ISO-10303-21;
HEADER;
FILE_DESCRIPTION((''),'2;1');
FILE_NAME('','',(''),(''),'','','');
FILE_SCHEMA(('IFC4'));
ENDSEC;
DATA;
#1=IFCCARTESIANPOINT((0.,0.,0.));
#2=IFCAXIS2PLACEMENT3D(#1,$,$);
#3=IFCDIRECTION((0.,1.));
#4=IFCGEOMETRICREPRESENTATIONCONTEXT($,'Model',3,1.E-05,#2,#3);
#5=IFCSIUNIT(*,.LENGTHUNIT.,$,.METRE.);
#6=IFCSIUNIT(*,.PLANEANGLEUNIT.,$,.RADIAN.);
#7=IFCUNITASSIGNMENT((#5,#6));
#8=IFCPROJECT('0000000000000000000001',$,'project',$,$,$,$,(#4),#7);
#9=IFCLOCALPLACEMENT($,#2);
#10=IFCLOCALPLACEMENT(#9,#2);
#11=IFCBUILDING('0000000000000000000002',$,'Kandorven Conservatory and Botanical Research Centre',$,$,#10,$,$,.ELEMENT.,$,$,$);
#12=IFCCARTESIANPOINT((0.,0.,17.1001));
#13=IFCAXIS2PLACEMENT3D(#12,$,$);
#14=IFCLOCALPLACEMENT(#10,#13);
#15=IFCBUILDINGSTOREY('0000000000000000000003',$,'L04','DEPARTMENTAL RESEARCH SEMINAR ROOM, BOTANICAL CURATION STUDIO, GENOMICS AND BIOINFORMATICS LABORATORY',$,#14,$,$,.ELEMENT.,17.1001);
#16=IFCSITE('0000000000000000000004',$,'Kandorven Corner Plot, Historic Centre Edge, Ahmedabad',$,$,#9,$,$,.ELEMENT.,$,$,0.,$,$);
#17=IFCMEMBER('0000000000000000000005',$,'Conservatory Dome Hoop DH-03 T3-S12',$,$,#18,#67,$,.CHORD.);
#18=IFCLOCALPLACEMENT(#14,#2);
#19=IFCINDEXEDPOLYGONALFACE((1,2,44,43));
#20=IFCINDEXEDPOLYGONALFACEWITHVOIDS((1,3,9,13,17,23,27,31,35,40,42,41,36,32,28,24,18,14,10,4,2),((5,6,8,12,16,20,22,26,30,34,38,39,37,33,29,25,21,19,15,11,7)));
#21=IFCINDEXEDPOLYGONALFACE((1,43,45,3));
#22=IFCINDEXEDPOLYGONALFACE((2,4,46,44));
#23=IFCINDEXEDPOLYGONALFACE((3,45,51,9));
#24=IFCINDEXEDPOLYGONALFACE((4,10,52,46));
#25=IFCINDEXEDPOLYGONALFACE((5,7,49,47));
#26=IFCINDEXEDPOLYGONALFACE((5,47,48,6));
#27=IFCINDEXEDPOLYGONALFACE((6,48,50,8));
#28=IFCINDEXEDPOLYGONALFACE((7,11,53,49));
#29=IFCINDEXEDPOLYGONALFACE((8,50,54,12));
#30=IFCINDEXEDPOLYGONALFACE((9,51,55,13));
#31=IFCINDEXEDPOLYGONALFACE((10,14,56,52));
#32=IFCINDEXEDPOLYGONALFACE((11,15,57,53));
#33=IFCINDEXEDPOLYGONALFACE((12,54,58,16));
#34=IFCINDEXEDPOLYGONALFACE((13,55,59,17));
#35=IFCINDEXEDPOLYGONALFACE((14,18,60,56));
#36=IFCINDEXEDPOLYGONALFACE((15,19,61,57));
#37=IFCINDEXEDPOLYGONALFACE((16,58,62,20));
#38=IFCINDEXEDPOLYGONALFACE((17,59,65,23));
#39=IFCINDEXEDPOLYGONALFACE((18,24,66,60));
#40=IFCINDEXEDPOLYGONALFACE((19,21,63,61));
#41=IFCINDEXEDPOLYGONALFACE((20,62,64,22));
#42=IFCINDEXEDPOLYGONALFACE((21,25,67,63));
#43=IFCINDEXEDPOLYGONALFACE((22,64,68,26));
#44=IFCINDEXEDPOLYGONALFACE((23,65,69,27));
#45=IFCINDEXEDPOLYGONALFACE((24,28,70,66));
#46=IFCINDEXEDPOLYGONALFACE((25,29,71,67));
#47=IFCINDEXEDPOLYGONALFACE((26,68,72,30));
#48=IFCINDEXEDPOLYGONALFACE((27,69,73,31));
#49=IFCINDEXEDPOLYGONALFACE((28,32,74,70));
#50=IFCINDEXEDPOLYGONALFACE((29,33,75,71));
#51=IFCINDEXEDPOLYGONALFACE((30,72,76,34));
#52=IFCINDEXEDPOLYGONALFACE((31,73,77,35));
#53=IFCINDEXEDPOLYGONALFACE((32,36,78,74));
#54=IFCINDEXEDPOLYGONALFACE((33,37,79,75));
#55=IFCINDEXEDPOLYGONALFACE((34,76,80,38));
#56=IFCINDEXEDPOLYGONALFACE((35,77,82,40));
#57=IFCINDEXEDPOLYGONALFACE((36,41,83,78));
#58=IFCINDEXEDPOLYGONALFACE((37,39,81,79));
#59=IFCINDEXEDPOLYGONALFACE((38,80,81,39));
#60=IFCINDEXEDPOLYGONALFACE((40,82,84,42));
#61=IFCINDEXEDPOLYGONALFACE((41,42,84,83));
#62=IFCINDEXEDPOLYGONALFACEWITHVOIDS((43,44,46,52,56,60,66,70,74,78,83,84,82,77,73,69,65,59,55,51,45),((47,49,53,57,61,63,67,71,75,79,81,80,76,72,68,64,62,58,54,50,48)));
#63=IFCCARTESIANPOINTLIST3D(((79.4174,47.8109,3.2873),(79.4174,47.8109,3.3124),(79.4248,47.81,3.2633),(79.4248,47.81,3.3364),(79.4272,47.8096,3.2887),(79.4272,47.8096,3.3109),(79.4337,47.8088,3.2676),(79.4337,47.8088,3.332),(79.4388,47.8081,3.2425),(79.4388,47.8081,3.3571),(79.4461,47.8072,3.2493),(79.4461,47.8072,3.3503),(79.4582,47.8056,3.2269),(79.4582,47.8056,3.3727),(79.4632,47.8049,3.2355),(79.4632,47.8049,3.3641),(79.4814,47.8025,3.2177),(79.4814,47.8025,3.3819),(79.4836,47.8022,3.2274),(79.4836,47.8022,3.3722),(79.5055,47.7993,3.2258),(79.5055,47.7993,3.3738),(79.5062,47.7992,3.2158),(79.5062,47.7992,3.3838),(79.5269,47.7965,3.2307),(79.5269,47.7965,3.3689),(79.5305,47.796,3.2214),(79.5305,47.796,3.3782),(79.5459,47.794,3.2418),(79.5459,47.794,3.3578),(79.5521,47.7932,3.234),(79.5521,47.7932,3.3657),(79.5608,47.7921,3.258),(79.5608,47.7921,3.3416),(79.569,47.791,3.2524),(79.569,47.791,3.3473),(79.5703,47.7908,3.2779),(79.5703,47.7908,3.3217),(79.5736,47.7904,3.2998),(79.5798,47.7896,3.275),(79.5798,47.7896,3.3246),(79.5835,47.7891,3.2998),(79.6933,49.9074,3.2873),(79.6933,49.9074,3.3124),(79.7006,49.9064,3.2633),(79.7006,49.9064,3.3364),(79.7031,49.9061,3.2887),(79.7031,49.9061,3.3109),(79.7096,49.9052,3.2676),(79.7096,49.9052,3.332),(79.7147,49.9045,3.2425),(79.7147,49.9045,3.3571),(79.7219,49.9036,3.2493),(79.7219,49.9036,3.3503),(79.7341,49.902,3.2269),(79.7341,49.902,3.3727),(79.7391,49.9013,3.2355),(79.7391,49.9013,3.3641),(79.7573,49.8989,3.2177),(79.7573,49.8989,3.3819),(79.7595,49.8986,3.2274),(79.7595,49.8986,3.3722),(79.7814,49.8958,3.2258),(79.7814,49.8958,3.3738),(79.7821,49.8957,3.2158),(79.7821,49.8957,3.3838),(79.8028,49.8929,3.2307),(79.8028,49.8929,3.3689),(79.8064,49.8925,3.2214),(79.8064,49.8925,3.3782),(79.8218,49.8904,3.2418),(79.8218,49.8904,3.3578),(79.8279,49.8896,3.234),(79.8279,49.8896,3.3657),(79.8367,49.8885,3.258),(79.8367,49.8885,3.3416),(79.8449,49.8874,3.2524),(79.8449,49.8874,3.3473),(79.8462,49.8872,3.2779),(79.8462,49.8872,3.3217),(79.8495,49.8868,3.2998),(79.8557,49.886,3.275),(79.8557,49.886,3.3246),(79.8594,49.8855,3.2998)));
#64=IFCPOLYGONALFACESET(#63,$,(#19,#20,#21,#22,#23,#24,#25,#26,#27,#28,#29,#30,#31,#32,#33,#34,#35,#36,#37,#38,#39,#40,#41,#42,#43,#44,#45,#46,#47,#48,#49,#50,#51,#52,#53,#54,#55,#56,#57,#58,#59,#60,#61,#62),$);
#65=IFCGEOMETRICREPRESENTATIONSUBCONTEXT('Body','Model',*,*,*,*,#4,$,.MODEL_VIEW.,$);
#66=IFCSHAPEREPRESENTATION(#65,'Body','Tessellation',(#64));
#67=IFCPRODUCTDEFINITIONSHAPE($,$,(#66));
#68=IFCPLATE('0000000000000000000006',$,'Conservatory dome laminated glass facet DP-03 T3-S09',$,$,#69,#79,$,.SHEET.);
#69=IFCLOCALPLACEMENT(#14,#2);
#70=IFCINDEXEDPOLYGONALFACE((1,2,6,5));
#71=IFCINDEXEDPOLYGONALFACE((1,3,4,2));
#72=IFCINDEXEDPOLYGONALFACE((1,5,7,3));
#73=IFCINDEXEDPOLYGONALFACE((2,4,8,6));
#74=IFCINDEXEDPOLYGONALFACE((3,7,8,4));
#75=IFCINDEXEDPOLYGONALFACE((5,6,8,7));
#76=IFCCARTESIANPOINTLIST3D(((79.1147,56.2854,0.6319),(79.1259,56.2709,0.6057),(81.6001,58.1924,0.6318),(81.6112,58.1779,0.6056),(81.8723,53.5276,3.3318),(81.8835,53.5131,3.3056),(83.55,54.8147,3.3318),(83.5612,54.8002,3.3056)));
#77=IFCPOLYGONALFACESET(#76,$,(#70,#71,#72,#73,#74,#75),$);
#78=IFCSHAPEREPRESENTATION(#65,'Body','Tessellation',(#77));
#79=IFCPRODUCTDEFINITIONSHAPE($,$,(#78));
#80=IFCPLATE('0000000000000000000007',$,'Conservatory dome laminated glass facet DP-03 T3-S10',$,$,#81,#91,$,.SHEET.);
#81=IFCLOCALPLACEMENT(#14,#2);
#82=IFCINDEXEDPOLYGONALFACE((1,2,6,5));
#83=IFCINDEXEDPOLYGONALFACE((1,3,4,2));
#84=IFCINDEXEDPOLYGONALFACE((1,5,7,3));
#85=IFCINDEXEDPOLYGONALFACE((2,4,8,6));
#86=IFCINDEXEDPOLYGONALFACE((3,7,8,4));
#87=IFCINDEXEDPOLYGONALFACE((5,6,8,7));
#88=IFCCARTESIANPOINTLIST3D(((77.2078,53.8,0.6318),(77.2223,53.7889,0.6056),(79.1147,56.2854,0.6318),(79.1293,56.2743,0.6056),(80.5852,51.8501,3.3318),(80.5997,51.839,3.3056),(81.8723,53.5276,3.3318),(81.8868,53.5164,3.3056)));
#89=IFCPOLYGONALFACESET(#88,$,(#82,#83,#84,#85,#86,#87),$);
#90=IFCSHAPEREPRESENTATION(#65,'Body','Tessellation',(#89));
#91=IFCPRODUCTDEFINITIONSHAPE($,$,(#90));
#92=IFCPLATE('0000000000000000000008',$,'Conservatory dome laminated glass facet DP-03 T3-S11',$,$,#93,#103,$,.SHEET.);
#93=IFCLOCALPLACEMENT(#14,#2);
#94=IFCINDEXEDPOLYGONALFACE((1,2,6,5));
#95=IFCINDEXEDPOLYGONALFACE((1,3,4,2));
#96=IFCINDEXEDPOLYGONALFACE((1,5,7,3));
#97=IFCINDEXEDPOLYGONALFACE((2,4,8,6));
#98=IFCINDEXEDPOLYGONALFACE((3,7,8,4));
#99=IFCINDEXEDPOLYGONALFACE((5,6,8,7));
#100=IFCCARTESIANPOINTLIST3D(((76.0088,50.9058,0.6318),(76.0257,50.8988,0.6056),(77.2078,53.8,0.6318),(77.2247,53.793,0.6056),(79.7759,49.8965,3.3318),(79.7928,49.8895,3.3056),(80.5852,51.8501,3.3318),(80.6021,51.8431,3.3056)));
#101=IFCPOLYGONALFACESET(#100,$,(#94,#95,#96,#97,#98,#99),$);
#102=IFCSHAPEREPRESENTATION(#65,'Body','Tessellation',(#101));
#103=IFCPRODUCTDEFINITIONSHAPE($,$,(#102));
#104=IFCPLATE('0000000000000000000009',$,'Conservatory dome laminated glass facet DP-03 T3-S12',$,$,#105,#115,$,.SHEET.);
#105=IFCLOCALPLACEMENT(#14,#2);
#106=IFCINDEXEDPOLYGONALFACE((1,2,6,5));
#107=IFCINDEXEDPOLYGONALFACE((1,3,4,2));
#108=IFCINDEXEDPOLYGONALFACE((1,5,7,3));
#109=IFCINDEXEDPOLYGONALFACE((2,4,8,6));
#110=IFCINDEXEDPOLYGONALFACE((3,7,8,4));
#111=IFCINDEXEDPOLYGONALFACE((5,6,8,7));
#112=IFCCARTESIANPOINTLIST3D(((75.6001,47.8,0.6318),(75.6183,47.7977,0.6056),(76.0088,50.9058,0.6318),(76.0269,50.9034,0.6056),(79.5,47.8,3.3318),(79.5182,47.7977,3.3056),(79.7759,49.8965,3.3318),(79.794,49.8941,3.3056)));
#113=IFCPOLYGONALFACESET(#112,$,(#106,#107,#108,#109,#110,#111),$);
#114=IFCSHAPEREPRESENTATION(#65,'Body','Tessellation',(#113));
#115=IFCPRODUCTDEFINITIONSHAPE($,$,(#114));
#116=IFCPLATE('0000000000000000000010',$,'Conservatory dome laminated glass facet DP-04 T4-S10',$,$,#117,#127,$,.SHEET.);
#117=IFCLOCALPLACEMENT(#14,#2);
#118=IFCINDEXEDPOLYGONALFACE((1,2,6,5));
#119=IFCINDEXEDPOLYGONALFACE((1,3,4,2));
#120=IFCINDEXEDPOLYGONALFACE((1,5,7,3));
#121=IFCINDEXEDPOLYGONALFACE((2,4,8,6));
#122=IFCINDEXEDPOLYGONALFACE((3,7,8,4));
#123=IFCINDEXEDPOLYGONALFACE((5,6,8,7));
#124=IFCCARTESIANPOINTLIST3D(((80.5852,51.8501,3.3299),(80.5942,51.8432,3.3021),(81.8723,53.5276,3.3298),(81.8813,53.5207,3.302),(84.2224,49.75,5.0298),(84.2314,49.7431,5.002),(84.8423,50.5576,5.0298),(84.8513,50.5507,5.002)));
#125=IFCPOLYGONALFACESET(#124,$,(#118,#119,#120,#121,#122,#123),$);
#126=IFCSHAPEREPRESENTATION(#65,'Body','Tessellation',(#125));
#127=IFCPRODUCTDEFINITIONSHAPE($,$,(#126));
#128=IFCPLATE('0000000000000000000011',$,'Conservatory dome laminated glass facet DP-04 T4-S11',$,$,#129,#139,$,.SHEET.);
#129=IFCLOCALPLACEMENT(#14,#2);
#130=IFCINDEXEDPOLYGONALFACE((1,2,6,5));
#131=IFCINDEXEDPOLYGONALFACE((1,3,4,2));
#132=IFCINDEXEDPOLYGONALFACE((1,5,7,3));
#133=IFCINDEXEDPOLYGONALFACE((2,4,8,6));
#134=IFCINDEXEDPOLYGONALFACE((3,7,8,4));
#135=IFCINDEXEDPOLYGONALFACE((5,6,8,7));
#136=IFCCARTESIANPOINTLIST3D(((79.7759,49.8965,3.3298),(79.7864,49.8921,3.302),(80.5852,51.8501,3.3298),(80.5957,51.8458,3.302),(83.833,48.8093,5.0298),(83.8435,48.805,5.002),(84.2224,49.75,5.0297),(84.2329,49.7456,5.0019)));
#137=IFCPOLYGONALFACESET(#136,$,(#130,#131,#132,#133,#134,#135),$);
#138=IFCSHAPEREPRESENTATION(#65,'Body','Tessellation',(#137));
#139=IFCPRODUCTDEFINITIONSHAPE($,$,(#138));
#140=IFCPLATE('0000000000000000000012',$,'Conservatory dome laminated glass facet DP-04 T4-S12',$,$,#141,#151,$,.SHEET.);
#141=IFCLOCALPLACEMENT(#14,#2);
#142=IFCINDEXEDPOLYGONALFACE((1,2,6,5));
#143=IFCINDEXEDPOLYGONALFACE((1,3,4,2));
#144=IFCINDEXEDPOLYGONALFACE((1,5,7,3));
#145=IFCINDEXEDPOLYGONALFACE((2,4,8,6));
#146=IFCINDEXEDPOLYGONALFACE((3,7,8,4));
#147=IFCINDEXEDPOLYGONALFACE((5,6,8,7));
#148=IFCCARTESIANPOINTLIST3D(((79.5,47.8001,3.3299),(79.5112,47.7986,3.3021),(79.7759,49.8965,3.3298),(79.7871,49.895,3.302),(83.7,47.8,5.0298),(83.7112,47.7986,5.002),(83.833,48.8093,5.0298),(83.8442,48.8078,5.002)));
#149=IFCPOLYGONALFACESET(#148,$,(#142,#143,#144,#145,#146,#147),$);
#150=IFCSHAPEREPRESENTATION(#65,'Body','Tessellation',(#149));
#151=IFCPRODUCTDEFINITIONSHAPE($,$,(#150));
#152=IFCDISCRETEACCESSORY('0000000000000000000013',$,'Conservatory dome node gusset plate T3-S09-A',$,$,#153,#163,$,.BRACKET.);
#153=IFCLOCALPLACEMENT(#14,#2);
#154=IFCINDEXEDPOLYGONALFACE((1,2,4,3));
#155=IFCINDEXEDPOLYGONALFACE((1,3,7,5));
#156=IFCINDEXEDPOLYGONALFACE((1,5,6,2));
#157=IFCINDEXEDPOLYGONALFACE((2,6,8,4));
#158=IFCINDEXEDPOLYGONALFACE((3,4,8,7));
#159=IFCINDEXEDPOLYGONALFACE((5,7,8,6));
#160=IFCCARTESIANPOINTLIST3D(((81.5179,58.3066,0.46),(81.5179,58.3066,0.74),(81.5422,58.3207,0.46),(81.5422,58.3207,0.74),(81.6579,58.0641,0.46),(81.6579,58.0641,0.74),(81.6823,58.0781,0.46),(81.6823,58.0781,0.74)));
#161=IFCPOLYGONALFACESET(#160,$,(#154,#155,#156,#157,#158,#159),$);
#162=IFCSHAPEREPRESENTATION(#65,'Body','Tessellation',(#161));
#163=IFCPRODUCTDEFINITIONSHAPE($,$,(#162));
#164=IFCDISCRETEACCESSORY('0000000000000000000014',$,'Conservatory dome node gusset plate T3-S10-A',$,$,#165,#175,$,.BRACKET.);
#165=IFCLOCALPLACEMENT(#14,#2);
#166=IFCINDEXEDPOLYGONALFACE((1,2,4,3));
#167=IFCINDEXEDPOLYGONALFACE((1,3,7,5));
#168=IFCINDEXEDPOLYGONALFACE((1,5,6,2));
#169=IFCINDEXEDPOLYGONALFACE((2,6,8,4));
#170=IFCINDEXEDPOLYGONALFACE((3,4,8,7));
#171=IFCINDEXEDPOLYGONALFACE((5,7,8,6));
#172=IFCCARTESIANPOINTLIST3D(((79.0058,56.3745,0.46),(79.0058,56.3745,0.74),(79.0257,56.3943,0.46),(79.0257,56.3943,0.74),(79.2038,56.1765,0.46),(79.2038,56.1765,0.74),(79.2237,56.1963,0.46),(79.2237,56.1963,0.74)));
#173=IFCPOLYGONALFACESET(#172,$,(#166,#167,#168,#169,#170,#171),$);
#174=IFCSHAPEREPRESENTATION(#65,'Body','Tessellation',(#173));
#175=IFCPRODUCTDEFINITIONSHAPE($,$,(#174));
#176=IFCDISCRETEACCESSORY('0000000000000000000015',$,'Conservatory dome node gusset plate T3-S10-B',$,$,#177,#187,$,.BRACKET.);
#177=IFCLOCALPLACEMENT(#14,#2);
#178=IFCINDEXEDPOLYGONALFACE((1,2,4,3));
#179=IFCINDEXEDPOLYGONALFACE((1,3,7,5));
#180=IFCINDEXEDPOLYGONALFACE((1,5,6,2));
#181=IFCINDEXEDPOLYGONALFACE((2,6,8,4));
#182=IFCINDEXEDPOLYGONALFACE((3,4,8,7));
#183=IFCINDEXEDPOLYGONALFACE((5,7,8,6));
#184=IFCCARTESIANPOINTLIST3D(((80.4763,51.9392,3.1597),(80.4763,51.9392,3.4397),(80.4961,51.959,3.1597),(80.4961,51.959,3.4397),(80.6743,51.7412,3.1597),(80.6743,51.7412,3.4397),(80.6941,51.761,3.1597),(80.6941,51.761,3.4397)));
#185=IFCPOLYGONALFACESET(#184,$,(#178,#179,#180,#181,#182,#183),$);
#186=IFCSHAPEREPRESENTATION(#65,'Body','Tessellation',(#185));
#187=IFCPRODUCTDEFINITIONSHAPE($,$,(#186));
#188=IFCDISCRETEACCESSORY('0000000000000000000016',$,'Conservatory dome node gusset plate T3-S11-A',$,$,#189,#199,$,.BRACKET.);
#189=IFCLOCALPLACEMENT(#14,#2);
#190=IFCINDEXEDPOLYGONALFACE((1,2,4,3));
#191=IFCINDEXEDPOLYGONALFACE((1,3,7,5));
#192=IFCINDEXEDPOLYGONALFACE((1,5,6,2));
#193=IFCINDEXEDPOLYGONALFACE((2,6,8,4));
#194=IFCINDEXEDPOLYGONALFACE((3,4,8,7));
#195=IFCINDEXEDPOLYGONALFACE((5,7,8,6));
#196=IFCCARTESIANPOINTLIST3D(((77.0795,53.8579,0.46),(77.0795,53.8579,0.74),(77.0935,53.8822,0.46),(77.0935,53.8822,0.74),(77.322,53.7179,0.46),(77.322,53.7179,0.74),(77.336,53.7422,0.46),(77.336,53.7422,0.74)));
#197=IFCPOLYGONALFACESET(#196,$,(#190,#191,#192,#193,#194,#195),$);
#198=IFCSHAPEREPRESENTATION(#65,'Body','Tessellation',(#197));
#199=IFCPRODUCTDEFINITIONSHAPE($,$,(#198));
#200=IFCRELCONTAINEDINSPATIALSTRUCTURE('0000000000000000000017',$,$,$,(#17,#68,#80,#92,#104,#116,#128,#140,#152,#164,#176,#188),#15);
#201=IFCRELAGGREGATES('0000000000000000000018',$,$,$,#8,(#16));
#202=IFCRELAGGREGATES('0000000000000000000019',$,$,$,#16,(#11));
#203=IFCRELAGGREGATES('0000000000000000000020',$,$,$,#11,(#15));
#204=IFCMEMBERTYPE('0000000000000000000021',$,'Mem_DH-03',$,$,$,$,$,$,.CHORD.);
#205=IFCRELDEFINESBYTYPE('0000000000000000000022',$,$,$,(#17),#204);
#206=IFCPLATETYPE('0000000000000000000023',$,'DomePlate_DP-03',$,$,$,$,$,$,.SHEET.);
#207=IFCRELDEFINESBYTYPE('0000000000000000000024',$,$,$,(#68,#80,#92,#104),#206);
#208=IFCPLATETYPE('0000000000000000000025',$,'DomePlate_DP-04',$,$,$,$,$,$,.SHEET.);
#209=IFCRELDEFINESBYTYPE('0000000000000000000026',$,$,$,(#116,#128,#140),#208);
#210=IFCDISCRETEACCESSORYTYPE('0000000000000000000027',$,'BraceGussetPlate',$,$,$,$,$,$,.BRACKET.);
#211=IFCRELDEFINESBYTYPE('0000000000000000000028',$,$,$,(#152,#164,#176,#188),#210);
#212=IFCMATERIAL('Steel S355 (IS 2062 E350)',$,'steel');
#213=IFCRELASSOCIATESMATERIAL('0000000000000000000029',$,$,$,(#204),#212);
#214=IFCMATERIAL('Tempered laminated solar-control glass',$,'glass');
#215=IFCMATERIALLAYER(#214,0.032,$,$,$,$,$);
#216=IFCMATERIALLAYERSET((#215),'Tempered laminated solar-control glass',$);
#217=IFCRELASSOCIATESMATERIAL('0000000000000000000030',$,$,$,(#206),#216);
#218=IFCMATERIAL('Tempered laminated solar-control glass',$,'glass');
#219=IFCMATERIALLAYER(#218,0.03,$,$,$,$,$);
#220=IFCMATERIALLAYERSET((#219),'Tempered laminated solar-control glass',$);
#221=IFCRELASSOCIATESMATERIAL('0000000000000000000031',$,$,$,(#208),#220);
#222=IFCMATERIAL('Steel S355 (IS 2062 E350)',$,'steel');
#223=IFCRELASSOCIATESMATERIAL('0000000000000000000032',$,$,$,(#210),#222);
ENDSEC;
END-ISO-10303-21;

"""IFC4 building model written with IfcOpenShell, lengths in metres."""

from ifc_helpers import new_model, si_unit, direction, frame, origin, origin_2d, place, context, subcontext, project, spatial, polyline, rectangle, hollow_circle, outline, extrude, material, layer, layer_set, material_profile, profile_set, type_object, element, save


model = new_model("IFC4")

# Units and contexts
model_context = context("Model", 3, precision=1e-05, world=origin(), true_north=direction((0.0, 1.0)))
body_context = subcontext(model_context, "Body", "Model", "MODEL_VIEW")
ifc_project = project(units=[si_unit("LENGTHUNIT", "METRE"), si_unit("PLANEANGLEUNIT", "RADIAN")], contexts=[model_context])

# Site, building, storey
site_placement = place(None, origin())
site = spatial("IfcSite", under=ifc_project, at=site_placement, Name="Kandorven Corner Plot, Historic Centre Edge, Ahmedabad", CompositionType="ELEMENT", RefElevation=0.0)
building_placement = place(site_placement, origin())
building = spatial("IfcBuilding", under=site, at=building_placement, Name="Kandorven Conservatory and Botanical Research Centre", CompositionType="ELEMENT")
storey_placement = place(building_placement, frame((0.0, 0.0, 17.1001)))
storey = spatial("IfcBuildingStorey", under=building, at=storey_placement, Name="L04", Description="DEPARTMENTAL RESEARCH SEMINAR ROOM, BOTANICAL CURATION STUDIO, GENOMICS AND BIOINFORMATICS LABORATORY", CompositionType="ELEMENT", Elevation=17.1001)

# Member
ifc_material_1 = material(Name="Steel S355 (IS 2062 E350)", Category="steel")
ifc_material_profile_1 = material_profile(ifc_material_1, hollow_circle(Radius=0.0842, WallThickness=0.01, at=origin_2d()))
ifc_profile_set_1 = profile_set([ifc_material_profile_1], Name="Steel S355 (IS 2062 E350)")
member_type_1 = type_object("IfcMemberType", Name="Mem_DH-03", PredefinedType="CHORD", material=ifc_profile_set_1)
for number, where, z_axis, x_axis, name in (
    (1, (79.7759, 49.8965, 3.2998), (-0.130469, -0.991452, 0.0), (0.991452, -0.130469, 0.0), "Conservatory Dome Hoop DH-03 T3-S12"),
):
    element("IfcMember", number, at=place(storey_placement, frame(where, z_axis=z_axis, x_axis=x_axis)), inside=storey, type_object=member_type_1, Name=name, PredefinedType="CHORD", context=body_context, shape_type="SweptSolid", body=[
        extrude(hollow_circle(Radius=0.0842, WallThickness=0.01, at=origin_2d()), origin(), (0.0, 0.0, 1.0), 2.1145),
    ])

# Plates
ifc_material_2 = material(Name="Tempered laminated solar-control glass", Category="glass")
ifc_layer_1 = layer(ifc_material_2, 0.032)
ifc_layer_set_1 = layer_set([ifc_layer_1], Name="Tempered laminated solar-control glass")
plate_type_1 = type_object("IfcPlateType", Name="DomePlate_DP-03", PredefinedType="SHEET", material=ifc_layer_set_1)
plate_1_placement = place(storey_placement, frame((81.6001, 58.1924, 0.6318), z_axis=(-0.348494, 0.454217, 0.819902), x_axis=(-0.793374, -0.608735, 0.000014)))
element("IfcPlate", 2, at=plate_1_placement, inside=storey, type_object=plate_type_1, Name="Conservatory dome laminated glass facet DP-03 T3-S09", PredefinedType="SHEET", context=body_context, shape_type="SweptSolid", body=[
    extrude(outline(polyline([(0.0, 0.0), (3.1327, 0.0), (2.6237, 4.716), (0.5091, 4.7161), (0.0, 0.0)])), origin(), (0.0, 0.0, -1.0), 0.032),
])
plate_2_placement = place(storey_placement, frame((79.1147, 56.2854, 0.6318), z_axis=(-0.454216, 0.348514, 0.819893), x_axis=(-0.608742, -0.793368, -0.000001)))
element("IfcPlate", 3, at=plate_2_placement, inside=storey, type_object=plate_type_1, Name="Conservatory dome laminated glass facet DP-03 T3-S10", PredefinedType="SHEET", context=body_context, shape_type="SweptSolid", body=[
    extrude(outline(polyline([(0.0, 0.0), (3.1327, 0.0), (2.6237, 4.7159), (0.5093, 4.7159), (0.0, 0.0)])), origin(), (0.0, 0.0, -1.0), 0.032),
])
plate_3_placement = place(storey_placement, frame((77.2078, 53.8, 0.6318), z_axis=(-0.528927, 0.219114, 0.819893), x_axis=(-0.382718, -0.923865, 0.000003)))
element("IfcPlate", 4, at=plate_3_placement, inside=storey, type_object=plate_type_1, Name="Conservatory dome laminated glass facet DP-03 T3-S11", PredefinedType="SHEET", context=body_context, shape_type="SweptSolid", body=[
    extrude(outline(polyline([(0.0, 0.0), (3.1328, 0.0), (2.6235, 4.7159), (0.5089, 4.716), (0.0, 0.0)])), origin(), (0.0, 0.0, -1.0), 0.032),
])
plate_4_placement = place(storey_placement, frame((76.0088, 50.9058, 0.6318), z_axis=(-0.567622, 0.074696, 0.819894), x_axis=(-0.130469, -0.991452, 0.0)))
element("IfcPlate", 5, at=plate_4_placement, inside=storey, type_object=plate_type_1, Name="Conservatory dome laminated glass facet DP-03 T3-S12", PredefinedType="SHEET", context=body_context, shape_type="SweptSolid", body=[
    extrude(outline(polyline([(0.0, 0.0), (3.1325, 0.0), (2.6237, 4.7159), (0.5092, 4.7159), (0.0, 0.0)])), origin(), (0.0, 0.0, -1.0), 0.032),
])
ifc_material_3 = material(Name="Tempered laminated solar-control glass", Category="glass")
ifc_layer_2 = layer(ifc_material_3, 0.03)
ifc_layer_set_2 = layer_set([ifc_layer_2], Name="Tempered laminated solar-control glass")
plate_type_2 = type_object("IfcPlateType", Name="DomePlate_DP-04", PredefinedType="SHEET", material=ifc_layer_set_2)
plate_5_placement = place(storey_placement, frame((81.8723, 53.5276, 3.3298), z_axis=(-0.299846, 0.230091, 0.925824), x_axis=(-0.608745, -0.793366, 0.000018)))
element("IfcPlate", 6, at=plate_5_placement, inside=storey, type_object=plate_type_2, Name="Conservatory dome laminated glass facet DP-04 T4-S10", PredefinedType="SHEET", context=body_context, shape_type="SweptSolid", body=[
    extrude(outline(polyline([(0.0, 0.0), (2.1144, 0.0), (1.5664, 4.4977), (0.5483, 4.4978), (0.0, 0.0)])), origin(), (0.0, 0.0, -1.0), 0.03),
])
plate_6_placement = place(storey_placement, frame((80.5852, 51.8501, 3.3298), z_axis=(-0.349187, 0.144623, 0.925825), x_axis=(-0.382718, -0.923865, -0.00003)))
element("IfcPlate", 7, at=plate_6_placement, inside=storey, type_object=plate_type_2, Name="Conservatory dome laminated glass facet DP-04 T4-S11", PredefinedType="SHEET", context=body_context, shape_type="SweptSolid", body=[
    extrude(outline(polyline([(0.0, 0.0), (2.1146, 0.0), (1.5662, 4.4979), (0.5481, 4.4977), (0.0, 0.0)])), origin(), (0.0, 0.0, -1.0), 0.03),
])
plate_7_placement = place(storey_placement, frame((79.7759, 49.8965, 3.3298), z_axis=(-0.374718, 0.04934, 0.925825), x_axis=(-0.13048, -0.991451, 0.000027)))
element("IfcPlate", 8, at=plate_7_placement, inside=storey, type_object=plate_type_2, Name="Conservatory dome laminated glass facet DP-04 T4-S12", PredefinedType="SHEET", context=body_context, shape_type="SweptSolid", body=[
    extrude(outline(polyline([(0.0, 0.0), (2.1145, 0.0), (1.5665, 4.4977), (0.5485, 4.4979), (0.0, 0.0)])), origin(), (0.0, 0.0, -1.0), 0.03),
])

# Discrete accessories
ifc_material_4 = material(Name="Steel S355 (IS 2062 E350)", Category="steel")
discrete_accessory_type = type_object("IfcDiscreteAccessoryType", Name="BraceGussetPlate", PredefinedType="BRACKET", material=ifc_material_4)
for number, where, z_axis, x_axis, name in (
    (9, (81.6001, 58.1924, 0.46), (0.0, 0.0, 1.0), (-0.5, 0.866025, 0.0), "Conservatory dome node gusset plate T3-S09-A"),
    (10, (79.1147, 56.2854, 0.46), (0.0, 0.0, 1.0), (-0.707107, 0.707107, 0.0), "Conservatory dome node gusset plate T3-S10-A"),
    (11, (80.5852, 51.8501, 3.1597), (0.0, 0.0, 1.0), (-0.707107, 0.707107, 0.0), "Conservatory dome node gusset plate T3-S10-B"),
    (12, (77.2078, 53.8, 0.46), (0.0, 0.0, 1.0), (-0.866025, 0.5, 0.0), "Conservatory dome node gusset plate T3-S11-A"),
):
    element("IfcDiscreteAccessory", number, at=place(storey_placement, frame(where, z_axis=z_axis, x_axis=x_axis)), inside=storey, type_object=discrete_accessory_type, Name=name, PredefinedType="BRACKET", context=body_context, shape_type="SweptSolid", body=[
        extrude(rectangle(XDim=0.28, YDim=0.0281, at=origin_2d()), origin(), (0.0, 0.0, 1.0), 0.28),
    ])

save(model, "model.ifc")
